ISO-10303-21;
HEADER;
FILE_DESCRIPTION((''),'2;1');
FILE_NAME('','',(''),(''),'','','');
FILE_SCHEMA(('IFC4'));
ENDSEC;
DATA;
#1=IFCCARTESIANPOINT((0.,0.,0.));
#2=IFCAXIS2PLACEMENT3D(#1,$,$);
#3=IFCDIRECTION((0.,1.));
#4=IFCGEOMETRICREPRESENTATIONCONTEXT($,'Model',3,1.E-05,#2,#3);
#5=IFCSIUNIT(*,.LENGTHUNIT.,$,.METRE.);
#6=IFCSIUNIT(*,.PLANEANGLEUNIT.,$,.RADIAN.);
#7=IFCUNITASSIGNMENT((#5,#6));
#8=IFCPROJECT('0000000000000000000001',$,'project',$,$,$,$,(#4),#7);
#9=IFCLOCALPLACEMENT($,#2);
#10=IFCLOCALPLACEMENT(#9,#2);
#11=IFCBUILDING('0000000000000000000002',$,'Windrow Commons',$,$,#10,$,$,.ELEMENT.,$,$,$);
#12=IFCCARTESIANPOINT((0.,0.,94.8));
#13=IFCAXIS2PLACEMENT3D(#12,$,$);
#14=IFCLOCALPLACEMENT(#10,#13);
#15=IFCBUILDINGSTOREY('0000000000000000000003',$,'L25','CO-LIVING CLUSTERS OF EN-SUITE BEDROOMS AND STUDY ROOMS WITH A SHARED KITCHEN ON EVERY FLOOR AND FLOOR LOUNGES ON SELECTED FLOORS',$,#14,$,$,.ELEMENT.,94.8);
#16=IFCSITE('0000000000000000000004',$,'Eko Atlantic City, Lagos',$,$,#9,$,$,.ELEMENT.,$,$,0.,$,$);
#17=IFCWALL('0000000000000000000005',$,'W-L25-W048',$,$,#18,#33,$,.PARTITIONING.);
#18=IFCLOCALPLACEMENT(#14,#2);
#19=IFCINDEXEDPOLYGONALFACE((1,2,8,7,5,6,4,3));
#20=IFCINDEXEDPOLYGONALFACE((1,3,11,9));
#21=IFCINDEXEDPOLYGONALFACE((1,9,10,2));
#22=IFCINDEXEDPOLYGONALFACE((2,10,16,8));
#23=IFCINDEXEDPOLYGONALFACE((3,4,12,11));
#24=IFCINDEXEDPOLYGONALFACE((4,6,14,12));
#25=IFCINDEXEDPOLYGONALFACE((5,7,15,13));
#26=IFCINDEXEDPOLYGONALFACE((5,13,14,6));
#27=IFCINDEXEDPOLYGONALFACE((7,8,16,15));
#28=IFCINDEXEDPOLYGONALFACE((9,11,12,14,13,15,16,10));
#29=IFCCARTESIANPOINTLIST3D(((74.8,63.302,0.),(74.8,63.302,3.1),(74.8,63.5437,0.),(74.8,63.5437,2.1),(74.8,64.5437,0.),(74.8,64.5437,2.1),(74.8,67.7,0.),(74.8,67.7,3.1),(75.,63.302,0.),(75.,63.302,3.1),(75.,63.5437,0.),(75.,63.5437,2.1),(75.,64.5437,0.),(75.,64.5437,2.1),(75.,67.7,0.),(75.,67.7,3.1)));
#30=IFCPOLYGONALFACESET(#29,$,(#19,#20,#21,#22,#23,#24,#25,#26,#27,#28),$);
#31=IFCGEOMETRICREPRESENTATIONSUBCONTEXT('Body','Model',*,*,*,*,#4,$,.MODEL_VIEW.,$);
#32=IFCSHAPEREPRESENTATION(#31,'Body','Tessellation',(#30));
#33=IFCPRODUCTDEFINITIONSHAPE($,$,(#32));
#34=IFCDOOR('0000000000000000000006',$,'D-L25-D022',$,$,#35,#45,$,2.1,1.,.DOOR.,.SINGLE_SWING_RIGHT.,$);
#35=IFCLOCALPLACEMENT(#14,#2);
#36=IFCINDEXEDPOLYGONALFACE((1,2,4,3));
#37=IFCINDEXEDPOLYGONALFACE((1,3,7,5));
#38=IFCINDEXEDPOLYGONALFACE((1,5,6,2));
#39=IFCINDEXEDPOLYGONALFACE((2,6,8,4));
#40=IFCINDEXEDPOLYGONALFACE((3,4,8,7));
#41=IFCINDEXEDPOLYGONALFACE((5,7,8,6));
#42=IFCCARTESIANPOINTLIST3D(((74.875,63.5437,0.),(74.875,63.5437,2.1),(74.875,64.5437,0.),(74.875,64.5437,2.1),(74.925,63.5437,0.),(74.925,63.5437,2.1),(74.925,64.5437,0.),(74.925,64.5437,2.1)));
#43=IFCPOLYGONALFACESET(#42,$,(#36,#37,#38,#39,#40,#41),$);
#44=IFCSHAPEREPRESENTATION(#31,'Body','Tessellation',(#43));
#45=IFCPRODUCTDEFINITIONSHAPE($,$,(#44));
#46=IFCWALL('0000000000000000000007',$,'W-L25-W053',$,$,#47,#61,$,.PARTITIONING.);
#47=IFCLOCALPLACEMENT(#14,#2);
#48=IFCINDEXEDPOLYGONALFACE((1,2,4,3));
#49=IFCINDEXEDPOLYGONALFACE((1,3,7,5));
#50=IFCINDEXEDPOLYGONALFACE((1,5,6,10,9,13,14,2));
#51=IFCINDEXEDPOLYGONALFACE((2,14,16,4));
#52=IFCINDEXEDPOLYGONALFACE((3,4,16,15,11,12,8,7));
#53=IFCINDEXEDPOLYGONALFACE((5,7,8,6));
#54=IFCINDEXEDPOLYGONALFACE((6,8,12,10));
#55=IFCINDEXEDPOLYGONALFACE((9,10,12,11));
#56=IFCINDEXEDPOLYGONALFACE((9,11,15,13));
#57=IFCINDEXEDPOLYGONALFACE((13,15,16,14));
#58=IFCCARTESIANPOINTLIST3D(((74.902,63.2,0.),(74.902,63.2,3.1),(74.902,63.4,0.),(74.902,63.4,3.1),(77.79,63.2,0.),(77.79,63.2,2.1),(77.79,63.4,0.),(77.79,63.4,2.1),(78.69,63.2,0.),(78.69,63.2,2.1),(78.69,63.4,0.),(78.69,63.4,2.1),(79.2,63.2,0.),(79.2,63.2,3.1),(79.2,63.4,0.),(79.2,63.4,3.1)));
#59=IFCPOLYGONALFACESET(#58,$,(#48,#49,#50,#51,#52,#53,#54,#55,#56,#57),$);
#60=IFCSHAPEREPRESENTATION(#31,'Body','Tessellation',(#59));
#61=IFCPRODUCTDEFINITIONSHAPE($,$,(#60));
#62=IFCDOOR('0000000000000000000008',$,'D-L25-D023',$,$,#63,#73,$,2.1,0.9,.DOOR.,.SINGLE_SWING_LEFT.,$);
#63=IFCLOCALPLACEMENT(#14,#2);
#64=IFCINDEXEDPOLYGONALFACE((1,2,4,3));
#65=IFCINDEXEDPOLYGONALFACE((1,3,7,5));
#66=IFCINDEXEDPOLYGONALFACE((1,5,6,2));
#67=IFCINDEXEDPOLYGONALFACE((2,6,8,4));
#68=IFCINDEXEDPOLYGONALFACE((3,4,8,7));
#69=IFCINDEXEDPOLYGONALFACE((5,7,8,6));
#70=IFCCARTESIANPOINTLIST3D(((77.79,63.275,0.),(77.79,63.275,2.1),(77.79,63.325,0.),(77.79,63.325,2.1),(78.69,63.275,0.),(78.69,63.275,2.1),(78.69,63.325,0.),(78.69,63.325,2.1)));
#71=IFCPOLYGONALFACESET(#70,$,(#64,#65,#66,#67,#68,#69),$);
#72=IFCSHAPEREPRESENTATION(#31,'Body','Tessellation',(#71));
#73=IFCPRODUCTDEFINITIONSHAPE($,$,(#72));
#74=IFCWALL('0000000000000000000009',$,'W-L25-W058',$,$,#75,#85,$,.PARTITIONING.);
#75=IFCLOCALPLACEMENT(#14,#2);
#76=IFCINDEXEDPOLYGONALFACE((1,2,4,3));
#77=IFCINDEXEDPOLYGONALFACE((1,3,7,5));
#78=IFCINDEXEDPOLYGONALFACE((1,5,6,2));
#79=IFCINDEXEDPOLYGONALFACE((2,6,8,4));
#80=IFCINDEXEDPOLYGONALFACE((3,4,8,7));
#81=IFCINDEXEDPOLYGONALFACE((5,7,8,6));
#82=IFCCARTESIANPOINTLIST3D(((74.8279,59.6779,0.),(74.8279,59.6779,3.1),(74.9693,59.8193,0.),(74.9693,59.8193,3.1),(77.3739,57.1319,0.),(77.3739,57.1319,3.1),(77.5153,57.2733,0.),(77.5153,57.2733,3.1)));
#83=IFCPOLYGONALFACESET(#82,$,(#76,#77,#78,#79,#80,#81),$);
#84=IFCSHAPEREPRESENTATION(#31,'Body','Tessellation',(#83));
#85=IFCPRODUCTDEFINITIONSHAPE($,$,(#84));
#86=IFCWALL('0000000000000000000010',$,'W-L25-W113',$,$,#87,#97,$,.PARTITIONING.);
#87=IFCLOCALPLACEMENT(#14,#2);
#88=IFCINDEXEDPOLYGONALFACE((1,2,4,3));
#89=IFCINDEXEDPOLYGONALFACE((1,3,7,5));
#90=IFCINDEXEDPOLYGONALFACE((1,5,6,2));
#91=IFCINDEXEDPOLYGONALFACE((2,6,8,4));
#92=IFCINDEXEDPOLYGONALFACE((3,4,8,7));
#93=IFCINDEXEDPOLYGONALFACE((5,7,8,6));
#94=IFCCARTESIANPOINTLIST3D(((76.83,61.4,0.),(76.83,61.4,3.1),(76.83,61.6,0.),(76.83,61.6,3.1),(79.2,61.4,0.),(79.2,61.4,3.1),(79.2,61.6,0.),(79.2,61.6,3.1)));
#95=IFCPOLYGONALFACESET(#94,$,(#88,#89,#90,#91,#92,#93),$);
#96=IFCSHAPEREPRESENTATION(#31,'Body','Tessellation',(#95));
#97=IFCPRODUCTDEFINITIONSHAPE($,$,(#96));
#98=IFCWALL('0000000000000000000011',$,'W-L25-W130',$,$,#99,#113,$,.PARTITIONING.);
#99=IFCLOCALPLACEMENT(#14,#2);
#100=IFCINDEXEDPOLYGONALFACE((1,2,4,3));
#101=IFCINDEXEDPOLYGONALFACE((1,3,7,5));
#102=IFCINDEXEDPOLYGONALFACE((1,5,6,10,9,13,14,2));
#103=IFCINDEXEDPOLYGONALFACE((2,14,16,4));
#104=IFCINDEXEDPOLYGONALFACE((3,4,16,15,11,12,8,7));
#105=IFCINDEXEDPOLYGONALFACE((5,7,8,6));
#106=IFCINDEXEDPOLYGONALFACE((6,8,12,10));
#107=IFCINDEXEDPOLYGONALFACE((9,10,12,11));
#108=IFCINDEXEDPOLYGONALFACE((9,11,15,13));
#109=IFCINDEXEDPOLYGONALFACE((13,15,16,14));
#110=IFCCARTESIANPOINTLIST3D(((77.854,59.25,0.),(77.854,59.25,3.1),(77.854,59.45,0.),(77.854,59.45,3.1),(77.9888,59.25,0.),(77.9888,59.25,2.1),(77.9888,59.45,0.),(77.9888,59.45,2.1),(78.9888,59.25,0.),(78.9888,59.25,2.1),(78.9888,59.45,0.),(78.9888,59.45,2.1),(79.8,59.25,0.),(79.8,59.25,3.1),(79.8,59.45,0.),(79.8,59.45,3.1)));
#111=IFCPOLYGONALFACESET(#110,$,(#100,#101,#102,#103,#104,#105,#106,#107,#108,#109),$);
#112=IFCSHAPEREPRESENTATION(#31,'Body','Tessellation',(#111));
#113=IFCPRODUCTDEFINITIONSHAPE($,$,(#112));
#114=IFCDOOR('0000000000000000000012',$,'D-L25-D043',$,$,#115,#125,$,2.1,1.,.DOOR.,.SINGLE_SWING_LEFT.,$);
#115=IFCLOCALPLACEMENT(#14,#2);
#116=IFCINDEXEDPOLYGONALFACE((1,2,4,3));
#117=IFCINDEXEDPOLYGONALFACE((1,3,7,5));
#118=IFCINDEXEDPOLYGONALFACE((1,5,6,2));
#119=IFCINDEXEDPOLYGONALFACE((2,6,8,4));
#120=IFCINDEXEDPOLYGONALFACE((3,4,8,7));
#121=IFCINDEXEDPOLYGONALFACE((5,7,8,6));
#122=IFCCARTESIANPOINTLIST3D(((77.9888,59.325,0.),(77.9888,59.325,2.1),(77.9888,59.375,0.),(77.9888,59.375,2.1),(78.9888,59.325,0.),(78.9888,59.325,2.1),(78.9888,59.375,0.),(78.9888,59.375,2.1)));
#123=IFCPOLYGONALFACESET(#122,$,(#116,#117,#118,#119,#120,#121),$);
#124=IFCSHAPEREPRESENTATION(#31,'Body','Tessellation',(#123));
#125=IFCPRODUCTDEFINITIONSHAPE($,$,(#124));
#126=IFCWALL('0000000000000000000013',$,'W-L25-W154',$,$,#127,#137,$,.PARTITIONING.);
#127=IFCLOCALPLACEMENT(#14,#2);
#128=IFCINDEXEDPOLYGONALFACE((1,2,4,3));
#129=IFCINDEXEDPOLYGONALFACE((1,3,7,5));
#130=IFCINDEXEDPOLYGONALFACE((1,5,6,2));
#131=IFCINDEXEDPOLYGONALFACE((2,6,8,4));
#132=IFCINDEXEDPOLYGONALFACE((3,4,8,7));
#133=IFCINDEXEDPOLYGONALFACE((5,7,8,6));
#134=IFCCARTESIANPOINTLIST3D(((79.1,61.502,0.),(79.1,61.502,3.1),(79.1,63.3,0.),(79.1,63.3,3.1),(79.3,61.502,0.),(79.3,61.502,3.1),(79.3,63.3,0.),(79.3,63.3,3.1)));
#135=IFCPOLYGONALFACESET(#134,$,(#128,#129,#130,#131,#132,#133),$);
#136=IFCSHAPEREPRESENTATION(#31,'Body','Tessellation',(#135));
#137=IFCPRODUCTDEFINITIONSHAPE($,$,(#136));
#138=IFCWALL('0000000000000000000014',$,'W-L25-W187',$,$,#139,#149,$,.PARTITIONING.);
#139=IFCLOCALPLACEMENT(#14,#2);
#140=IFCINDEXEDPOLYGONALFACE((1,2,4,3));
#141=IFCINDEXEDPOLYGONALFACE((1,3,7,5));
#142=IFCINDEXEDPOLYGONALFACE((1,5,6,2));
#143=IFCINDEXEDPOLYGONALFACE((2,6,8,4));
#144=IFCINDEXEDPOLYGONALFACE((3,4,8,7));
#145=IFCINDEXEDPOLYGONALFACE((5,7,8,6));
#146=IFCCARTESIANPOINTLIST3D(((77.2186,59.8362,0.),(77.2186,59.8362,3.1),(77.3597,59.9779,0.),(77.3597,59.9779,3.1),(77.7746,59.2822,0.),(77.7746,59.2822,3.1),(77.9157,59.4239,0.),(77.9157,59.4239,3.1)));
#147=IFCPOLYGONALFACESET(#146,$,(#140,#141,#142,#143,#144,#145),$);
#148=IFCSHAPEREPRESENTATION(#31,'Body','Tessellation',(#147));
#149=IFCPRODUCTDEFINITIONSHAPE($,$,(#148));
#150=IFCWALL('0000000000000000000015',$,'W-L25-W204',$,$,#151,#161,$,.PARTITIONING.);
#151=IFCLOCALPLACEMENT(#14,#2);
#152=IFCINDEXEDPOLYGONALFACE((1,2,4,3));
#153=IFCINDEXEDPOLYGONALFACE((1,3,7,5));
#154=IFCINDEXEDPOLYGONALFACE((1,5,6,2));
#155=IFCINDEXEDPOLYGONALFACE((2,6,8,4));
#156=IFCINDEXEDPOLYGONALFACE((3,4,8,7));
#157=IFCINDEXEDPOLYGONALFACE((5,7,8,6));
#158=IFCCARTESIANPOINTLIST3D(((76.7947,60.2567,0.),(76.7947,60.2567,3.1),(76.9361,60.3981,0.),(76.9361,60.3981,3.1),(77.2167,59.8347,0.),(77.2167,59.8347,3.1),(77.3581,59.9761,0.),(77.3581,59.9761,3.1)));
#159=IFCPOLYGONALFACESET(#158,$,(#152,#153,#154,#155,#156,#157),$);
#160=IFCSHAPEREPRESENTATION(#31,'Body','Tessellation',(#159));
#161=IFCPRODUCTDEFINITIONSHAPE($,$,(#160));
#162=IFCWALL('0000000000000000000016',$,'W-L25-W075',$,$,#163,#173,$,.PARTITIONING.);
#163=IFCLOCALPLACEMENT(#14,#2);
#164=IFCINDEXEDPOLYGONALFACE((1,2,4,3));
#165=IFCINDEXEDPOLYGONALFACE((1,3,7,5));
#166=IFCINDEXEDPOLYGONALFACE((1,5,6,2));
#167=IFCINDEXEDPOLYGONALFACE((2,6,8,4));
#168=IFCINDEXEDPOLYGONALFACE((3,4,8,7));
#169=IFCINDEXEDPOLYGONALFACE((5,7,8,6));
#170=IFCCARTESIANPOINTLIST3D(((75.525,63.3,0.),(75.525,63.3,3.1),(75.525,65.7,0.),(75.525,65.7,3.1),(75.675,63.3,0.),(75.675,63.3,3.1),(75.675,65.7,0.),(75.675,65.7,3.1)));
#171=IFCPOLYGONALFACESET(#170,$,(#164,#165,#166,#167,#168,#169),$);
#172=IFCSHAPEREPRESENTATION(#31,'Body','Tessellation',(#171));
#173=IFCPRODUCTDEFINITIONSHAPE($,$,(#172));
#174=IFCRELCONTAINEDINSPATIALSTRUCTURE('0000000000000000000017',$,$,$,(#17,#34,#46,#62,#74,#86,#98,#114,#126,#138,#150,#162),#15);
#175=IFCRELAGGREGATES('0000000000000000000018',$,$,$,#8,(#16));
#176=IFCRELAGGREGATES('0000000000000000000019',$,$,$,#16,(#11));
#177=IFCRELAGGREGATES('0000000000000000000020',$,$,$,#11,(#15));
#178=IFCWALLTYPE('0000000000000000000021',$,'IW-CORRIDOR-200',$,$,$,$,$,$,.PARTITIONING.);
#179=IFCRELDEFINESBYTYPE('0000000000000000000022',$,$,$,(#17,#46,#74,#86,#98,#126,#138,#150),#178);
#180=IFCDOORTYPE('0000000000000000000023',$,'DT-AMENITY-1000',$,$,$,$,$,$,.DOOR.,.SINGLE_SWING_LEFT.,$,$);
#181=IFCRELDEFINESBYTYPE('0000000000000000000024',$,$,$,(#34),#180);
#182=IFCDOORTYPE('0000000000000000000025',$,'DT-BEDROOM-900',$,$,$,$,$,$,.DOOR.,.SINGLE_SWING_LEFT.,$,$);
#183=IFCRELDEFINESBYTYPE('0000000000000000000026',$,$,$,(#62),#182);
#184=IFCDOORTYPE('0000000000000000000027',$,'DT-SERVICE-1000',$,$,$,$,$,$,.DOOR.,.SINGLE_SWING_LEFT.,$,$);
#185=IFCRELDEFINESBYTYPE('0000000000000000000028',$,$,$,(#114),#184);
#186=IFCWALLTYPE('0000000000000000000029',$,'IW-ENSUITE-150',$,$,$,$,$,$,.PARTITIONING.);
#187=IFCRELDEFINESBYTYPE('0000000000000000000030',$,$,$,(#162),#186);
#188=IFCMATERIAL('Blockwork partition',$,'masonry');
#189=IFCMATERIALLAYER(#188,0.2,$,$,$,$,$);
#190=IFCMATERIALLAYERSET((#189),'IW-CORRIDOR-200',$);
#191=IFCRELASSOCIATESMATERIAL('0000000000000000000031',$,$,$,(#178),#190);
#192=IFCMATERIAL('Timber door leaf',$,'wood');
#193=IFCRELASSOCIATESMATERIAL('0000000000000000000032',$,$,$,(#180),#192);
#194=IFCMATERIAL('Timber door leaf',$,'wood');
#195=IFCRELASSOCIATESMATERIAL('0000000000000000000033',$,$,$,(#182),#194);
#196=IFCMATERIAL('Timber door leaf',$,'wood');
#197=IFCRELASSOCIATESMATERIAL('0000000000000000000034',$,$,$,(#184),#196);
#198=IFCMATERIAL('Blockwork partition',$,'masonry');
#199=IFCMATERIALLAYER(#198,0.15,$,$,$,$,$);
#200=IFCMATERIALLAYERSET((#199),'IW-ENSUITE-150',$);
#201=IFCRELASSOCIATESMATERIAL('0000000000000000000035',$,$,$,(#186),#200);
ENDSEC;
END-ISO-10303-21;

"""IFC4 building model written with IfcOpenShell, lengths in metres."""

from ifc_helpers import new_model, si_unit, direction, frame, frame_2d, origin, place, context, subcontext, project, spatial, rectangle, extrude, material, layer, layer_set, type_object, element, fill, save


model = new_model("IFC4")

# Units and contexts
model_context = context("Model", 3, precision=1e-05, world=origin(), true_north=direction((0.0, 1.0)))
body_context = subcontext(model_context, "Body", "Model", "MODEL_VIEW")
ifc_project = project(units=[si_unit("LENGTHUNIT", "METRE"), si_unit("PLANEANGLEUNIT", "RADIAN")], contexts=[model_context])

# Site, building, storey
site_placement = place(None, origin())
site = spatial("IfcSite", under=ifc_project, at=site_placement, Name="Eko Atlantic City, Lagos", CompositionType="ELEMENT", RefElevation=0.0)
building_placement = place(site_placement, origin())
building = spatial("IfcBuilding", under=site, at=building_placement, Name="Windrow Commons", CompositionType="ELEMENT")
storey_placement = place(building_placement, frame((0.0, 0.0, 94.8)))
storey = spatial("IfcBuildingStorey", under=building, at=storey_placement, Name="L25", Description="CO-LIVING CLUSTERS OF EN-SUITE BEDROOMS AND STUDY ROOMS WITH A SHARED KITCHEN ON EVERY FLOOR AND FLOOR LOUNGES ON SELECTED FLOORS", CompositionType="ELEMENT", Elevation=94.8)

# Walls, openings, doors
ifc_material_1 = material(Name="Blockwork partition", Category="masonry")
ifc_layer_1 = layer(ifc_material_1, 0.2)
ifc_layer_set_1 = layer_set([ifc_layer_1], Name="IW-CORRIDOR-200")
wall_type_1 = type_object("IfcWallType", Name="IW-CORRIDOR-200", PredefinedType="PARTITIONING", material=ifc_layer_set_1)
wall_1_placement = place(storey_placement, frame((74.9, 63.302, 0.0), z_axis=(0.0, 0.0, 1.0), x_axis=(0.0, 1.0, 0.0)))
wall_1 = element("IfcWall", 1, at=wall_1_placement, inside=storey, type_object=wall_type_1, Name="W-L25-W048", PredefinedType="PARTITIONING", context=body_context, shape_type="SweptSolid", body=[
    extrude(rectangle(XDim=4.398, YDim=0.2, at=frame_2d((2.199, 0.0))), origin(), (0.0, 0.0, 1.0), 3.1),
])
opening_1_placement = place(wall_1_placement, frame((0.2417, 0.0, 0.0)))
opening_1 = element("IfcOpeningElement", 2, at=opening_1_placement, cuts=wall_1, PredefinedType="OPENING", context=body_context, shape_type="SweptSolid", body=[
    extrude(rectangle(XDim=1.0, YDim=2.1, at=frame_2d((0.5, 1.05))), frame((0.0, 0.11, 0.0), z_axis=(0.0, -1.0, 0.0), x_axis=(1.0, 0.0, 0.0)), (0.0, 0.0, 1.0), 0.22),
])
ifc_material_2 = material(Name="Timber door leaf", Category="wood")
door_type_1 = type_object("IfcDoorType", Name="DT-AMENITY-1000", OperationType="SINGLE_SWING_LEFT", PredefinedType="DOOR", material=ifc_material_2)
door_1_placement = place(opening_1_placement, origin())
door_1 = element("IfcDoor", 3, at=door_1_placement, inside=storey, type_object=door_type_1, Name="D-L25-D022", OperationType="SINGLE_SWING_RIGHT", OverallHeight=2.1, OverallWidth=1.0, PredefinedType="DOOR", context=body_context, shape_type="SweptSolid", body=[
    extrude(rectangle(XDim=1.0, YDim=2.1, at=frame_2d((0.5, 1.05))), frame((0.0, 0.025, 0.0), z_axis=(0.0, -1.0, 0.0), x_axis=(1.0, 0.0, 0.0)), (0.0, 0.0, 1.0), 0.05),
])
fill(opening_1, door_1)
wall_2_placement = place(storey_placement, frame((74.902, 63.3, 0.0), z_axis=(0.0, 0.0, 1.0), x_axis=(1.0, 0.0, 0.0)))
wall_2 = element("IfcWall", 4, at=wall_2_placement, inside=storey, type_object=wall_type_1, Name="W-L25-W053", PredefinedType="PARTITIONING", context=body_context, shape_type="SweptSolid", body=[
    extrude(rectangle(XDim=4.298, YDim=0.2, at=frame_2d((2.149, 0.0))), origin(), (0.0, 0.0, 1.0), 3.1),
])
opening_2_placement = place(wall_2_placement, frame((2.888, 0.0, 0.0)))
opening_2 = element("IfcOpeningElement", 5, at=opening_2_placement, cuts=wall_2, PredefinedType="OPENING", context=body_context, shape_type="SweptSolid", body=[
    extrude(rectangle(XDim=0.9, YDim=2.1, at=frame_2d((0.45, 1.05))), frame((0.0, 0.11, 0.0), z_axis=(0.0, -1.0, 0.0), x_axis=(1.0, 0.0, 0.0)), (0.0, 0.0, 1.0), 0.22),
])
ifc_material_3 = material(Name="Timber door leaf", Category="wood")
door_type_2 = type_object("IfcDoorType", Name="DT-BEDROOM-900", OperationType="SINGLE_SWING_LEFT", PredefinedType="DOOR", material=ifc_material_3)
door_2_placement = place(opening_2_placement, origin())
door_2 = element("IfcDoor", 6, at=door_2_placement, inside=storey, type_object=door_type_2, Name="D-L25-D023", OperationType="SINGLE_SWING_LEFT", OverallHeight=2.1, OverallWidth=0.9, PredefinedType="DOOR", context=body_context, shape_type="SweptSolid", body=[
    extrude(rectangle(XDim=0.9, YDim=2.1, at=frame_2d((0.45, 1.05))), frame((0.0, 0.025, 0.0), z_axis=(0.0, -1.0, 0.0), x_axis=(1.0, 0.0, 0.0)), (0.0, 0.0, 1.0), 0.05),
])
fill(opening_2, door_2)

# Walls
wall_3_placement = place(storey_placement, frame((74.8986, 59.7486, 0.0), z_axis=(0.0, 0.0, 1.0), x_axis=(0.707107, -0.707107, 0.0)))
element("IfcWall", 7, at=wall_3_placement, inside=storey, type_object=wall_type_1, Name="W-L25-W058", PredefinedType="PARTITIONING", context=body_context, shape_type="SweptSolid", body=[
    extrude(rectangle(XDim=3.6006, YDim=0.2, at=frame_2d((1.8003, 0.0))), origin(), (0.0, 0.0, 1.0), 3.1),
])
wall_4_placement = place(storey_placement, frame((76.83, 61.5, 0.0), z_axis=(0.0, 0.0, 1.0), x_axis=(1.0, 0.0, 0.0)))
element("IfcWall", 8, at=wall_4_placement, inside=storey, type_object=wall_type_1, Name="W-L25-W113", PredefinedType="PARTITIONING", context=body_context, shape_type="SweptSolid", body=[
    extrude(rectangle(XDim=2.37, YDim=0.2, at=frame_2d((1.185, 0.0))), origin(), (0.0, 0.0, 1.0), 3.1),
])

# Wall, opening, door
wall_5_placement = place(storey_placement, frame((77.854, 59.35, 0.0), z_axis=(0.0, 0.0, 1.0), x_axis=(1.0, 0.0, 0.0)))
wall_5 = element("IfcWall", 9, at=wall_5_placement, inside=storey, type_object=wall_type_1, Name="W-L25-W130", PredefinedType="PARTITIONING", context=body_context, shape_type="SweptSolid", body=[
    extrude(rectangle(XDim=1.946, YDim=0.2, at=frame_2d((0.973, 0.0))), origin(), (0.0, 0.0, 1.0), 3.1),
])
opening_3_placement = place(wall_5_placement, frame((0.1348, 0.0, 0.0)))
opening_3 = element("IfcOpeningElement", 10, at=opening_3_placement, cuts=wall_5, PredefinedType="OPENING", context=body_context, shape_type="SweptSolid", body=[
    extrude(rectangle(XDim=1.0, YDim=2.1, at=frame_2d((0.5, 1.05))), frame((0.0, 0.11, 0.0), z_axis=(0.0, -1.0, 0.0), x_axis=(1.0, 0.0, 0.0)), (0.0, 0.0, 1.0), 0.22),
])
ifc_material_4 = material(Name="Timber door leaf", Category="wood")
door_type_3 = type_object("IfcDoorType", Name="DT-SERVICE-1000", OperationType="SINGLE_SWING_LEFT", PredefinedType="DOOR", material=ifc_material_4)
door_3_placement = place(opening_3_placement, origin())
door_3 = element("IfcDoor", 11, at=door_3_placement, inside=storey, type_object=door_type_3, Name="D-L25-D043", OperationType="SINGLE_SWING_LEFT", OverallHeight=2.1, OverallWidth=1.0, PredefinedType="DOOR", context=body_context, shape_type="SweptSolid", body=[
    extrude(rectangle(XDim=1.0, YDim=2.1, at=frame_2d((0.5, 1.05))), frame((0.0, 0.025, 0.0), z_axis=(0.0, -1.0, 0.0), x_axis=(1.0, 0.0, 0.0)), (0.0, 0.0, 1.0), 0.05),
])
fill(opening_3, door_3)

# Walls
wall_6_placement = place(storey_placement, frame((79.2, 61.502, 0.0), z_axis=(0.0, 0.0, 1.0), x_axis=(0.0, 1.0, 0.0)))
element("IfcWall", 12, at=wall_6_placement, inside=storey, type_object=wall_type_1, Name="W-L25-W154", PredefinedType="PARTITIONING", context=body_context, shape_type="SweptSolid", body=[
    extrude(rectangle(XDim=1.798, YDim=0.2, at=frame_2d((0.899, 0.0))), origin(), (0.0, 0.0, 1.0), 3.1),
])
wall_7_placement = place(storey_placement, frame((77.2891, 59.9071, 0.0), z_axis=(0.0, 0.0, 1.0), x_axis=(0.70838, -0.705832, 0.0)))
element("IfcWall", 13, at=wall_7_placement, inside=storey, type_object=wall_type_1, Name="W-L25-W187", PredefinedType="PARTITIONING", context=body_context, shape_type="SweptSolid", body=[
    extrude(rectangle(XDim=0.7849, YDim=0.2, at=frame_2d((0.3925, 0.0))), origin(), (0.0, 0.0, 1.0), 3.1),
])
wall_8_placement = place(storey_placement, frame((76.8654, 60.3274, 0.0), z_axis=(0.0, 0.0, 1.0), x_axis=(0.707107, -0.707107, 0.0)))
element("IfcWall", 14, at=wall_8_placement, inside=storey, type_object=wall_type_1, Name="W-L25-W204", PredefinedType="PARTITIONING", context=body_context, shape_type="SweptSolid", body=[
    extrude(rectangle(XDim=0.5968, YDim=0.2, at=frame_2d((0.2984, 0.0))), origin(), (0.0, 0.0, 1.0), 3.1),
])
ifc_material_5 = material(Name="Blockwork partition", Category="masonry")
ifc_layer_2 = layer(ifc_material_5, 0.15)
ifc_layer_set_2 = layer_set([ifc_layer_2], Name="IW-ENSUITE-150")
wall_type_2 = type_object("IfcWallType", Name="IW-ENSUITE-150", PredefinedType="PARTITIONING", material=ifc_layer_set_2)
for number, where, z_axis, x_axis, name in (
    (15, (75.6, 63.3, 0.0), (0.0, 0.0, 1.0), (0.0, 1.0, 0.0), "W-L25-W075"),
):
    element("IfcWall", number, at=place(storey_placement, frame(where, z_axis=z_axis, x_axis=x_axis)), inside=storey, type_object=wall_type_2, Name=name, PredefinedType="PARTITIONING", context=body_context, shape_type="SweptSolid", body=[
        extrude(rectangle(XDim=2.4, YDim=0.15, at=frame_2d((1.2, 0.0))), origin(), (0.0, 0.0, 1.0), 3.1),
    ])

save(model, "model.ifc")
